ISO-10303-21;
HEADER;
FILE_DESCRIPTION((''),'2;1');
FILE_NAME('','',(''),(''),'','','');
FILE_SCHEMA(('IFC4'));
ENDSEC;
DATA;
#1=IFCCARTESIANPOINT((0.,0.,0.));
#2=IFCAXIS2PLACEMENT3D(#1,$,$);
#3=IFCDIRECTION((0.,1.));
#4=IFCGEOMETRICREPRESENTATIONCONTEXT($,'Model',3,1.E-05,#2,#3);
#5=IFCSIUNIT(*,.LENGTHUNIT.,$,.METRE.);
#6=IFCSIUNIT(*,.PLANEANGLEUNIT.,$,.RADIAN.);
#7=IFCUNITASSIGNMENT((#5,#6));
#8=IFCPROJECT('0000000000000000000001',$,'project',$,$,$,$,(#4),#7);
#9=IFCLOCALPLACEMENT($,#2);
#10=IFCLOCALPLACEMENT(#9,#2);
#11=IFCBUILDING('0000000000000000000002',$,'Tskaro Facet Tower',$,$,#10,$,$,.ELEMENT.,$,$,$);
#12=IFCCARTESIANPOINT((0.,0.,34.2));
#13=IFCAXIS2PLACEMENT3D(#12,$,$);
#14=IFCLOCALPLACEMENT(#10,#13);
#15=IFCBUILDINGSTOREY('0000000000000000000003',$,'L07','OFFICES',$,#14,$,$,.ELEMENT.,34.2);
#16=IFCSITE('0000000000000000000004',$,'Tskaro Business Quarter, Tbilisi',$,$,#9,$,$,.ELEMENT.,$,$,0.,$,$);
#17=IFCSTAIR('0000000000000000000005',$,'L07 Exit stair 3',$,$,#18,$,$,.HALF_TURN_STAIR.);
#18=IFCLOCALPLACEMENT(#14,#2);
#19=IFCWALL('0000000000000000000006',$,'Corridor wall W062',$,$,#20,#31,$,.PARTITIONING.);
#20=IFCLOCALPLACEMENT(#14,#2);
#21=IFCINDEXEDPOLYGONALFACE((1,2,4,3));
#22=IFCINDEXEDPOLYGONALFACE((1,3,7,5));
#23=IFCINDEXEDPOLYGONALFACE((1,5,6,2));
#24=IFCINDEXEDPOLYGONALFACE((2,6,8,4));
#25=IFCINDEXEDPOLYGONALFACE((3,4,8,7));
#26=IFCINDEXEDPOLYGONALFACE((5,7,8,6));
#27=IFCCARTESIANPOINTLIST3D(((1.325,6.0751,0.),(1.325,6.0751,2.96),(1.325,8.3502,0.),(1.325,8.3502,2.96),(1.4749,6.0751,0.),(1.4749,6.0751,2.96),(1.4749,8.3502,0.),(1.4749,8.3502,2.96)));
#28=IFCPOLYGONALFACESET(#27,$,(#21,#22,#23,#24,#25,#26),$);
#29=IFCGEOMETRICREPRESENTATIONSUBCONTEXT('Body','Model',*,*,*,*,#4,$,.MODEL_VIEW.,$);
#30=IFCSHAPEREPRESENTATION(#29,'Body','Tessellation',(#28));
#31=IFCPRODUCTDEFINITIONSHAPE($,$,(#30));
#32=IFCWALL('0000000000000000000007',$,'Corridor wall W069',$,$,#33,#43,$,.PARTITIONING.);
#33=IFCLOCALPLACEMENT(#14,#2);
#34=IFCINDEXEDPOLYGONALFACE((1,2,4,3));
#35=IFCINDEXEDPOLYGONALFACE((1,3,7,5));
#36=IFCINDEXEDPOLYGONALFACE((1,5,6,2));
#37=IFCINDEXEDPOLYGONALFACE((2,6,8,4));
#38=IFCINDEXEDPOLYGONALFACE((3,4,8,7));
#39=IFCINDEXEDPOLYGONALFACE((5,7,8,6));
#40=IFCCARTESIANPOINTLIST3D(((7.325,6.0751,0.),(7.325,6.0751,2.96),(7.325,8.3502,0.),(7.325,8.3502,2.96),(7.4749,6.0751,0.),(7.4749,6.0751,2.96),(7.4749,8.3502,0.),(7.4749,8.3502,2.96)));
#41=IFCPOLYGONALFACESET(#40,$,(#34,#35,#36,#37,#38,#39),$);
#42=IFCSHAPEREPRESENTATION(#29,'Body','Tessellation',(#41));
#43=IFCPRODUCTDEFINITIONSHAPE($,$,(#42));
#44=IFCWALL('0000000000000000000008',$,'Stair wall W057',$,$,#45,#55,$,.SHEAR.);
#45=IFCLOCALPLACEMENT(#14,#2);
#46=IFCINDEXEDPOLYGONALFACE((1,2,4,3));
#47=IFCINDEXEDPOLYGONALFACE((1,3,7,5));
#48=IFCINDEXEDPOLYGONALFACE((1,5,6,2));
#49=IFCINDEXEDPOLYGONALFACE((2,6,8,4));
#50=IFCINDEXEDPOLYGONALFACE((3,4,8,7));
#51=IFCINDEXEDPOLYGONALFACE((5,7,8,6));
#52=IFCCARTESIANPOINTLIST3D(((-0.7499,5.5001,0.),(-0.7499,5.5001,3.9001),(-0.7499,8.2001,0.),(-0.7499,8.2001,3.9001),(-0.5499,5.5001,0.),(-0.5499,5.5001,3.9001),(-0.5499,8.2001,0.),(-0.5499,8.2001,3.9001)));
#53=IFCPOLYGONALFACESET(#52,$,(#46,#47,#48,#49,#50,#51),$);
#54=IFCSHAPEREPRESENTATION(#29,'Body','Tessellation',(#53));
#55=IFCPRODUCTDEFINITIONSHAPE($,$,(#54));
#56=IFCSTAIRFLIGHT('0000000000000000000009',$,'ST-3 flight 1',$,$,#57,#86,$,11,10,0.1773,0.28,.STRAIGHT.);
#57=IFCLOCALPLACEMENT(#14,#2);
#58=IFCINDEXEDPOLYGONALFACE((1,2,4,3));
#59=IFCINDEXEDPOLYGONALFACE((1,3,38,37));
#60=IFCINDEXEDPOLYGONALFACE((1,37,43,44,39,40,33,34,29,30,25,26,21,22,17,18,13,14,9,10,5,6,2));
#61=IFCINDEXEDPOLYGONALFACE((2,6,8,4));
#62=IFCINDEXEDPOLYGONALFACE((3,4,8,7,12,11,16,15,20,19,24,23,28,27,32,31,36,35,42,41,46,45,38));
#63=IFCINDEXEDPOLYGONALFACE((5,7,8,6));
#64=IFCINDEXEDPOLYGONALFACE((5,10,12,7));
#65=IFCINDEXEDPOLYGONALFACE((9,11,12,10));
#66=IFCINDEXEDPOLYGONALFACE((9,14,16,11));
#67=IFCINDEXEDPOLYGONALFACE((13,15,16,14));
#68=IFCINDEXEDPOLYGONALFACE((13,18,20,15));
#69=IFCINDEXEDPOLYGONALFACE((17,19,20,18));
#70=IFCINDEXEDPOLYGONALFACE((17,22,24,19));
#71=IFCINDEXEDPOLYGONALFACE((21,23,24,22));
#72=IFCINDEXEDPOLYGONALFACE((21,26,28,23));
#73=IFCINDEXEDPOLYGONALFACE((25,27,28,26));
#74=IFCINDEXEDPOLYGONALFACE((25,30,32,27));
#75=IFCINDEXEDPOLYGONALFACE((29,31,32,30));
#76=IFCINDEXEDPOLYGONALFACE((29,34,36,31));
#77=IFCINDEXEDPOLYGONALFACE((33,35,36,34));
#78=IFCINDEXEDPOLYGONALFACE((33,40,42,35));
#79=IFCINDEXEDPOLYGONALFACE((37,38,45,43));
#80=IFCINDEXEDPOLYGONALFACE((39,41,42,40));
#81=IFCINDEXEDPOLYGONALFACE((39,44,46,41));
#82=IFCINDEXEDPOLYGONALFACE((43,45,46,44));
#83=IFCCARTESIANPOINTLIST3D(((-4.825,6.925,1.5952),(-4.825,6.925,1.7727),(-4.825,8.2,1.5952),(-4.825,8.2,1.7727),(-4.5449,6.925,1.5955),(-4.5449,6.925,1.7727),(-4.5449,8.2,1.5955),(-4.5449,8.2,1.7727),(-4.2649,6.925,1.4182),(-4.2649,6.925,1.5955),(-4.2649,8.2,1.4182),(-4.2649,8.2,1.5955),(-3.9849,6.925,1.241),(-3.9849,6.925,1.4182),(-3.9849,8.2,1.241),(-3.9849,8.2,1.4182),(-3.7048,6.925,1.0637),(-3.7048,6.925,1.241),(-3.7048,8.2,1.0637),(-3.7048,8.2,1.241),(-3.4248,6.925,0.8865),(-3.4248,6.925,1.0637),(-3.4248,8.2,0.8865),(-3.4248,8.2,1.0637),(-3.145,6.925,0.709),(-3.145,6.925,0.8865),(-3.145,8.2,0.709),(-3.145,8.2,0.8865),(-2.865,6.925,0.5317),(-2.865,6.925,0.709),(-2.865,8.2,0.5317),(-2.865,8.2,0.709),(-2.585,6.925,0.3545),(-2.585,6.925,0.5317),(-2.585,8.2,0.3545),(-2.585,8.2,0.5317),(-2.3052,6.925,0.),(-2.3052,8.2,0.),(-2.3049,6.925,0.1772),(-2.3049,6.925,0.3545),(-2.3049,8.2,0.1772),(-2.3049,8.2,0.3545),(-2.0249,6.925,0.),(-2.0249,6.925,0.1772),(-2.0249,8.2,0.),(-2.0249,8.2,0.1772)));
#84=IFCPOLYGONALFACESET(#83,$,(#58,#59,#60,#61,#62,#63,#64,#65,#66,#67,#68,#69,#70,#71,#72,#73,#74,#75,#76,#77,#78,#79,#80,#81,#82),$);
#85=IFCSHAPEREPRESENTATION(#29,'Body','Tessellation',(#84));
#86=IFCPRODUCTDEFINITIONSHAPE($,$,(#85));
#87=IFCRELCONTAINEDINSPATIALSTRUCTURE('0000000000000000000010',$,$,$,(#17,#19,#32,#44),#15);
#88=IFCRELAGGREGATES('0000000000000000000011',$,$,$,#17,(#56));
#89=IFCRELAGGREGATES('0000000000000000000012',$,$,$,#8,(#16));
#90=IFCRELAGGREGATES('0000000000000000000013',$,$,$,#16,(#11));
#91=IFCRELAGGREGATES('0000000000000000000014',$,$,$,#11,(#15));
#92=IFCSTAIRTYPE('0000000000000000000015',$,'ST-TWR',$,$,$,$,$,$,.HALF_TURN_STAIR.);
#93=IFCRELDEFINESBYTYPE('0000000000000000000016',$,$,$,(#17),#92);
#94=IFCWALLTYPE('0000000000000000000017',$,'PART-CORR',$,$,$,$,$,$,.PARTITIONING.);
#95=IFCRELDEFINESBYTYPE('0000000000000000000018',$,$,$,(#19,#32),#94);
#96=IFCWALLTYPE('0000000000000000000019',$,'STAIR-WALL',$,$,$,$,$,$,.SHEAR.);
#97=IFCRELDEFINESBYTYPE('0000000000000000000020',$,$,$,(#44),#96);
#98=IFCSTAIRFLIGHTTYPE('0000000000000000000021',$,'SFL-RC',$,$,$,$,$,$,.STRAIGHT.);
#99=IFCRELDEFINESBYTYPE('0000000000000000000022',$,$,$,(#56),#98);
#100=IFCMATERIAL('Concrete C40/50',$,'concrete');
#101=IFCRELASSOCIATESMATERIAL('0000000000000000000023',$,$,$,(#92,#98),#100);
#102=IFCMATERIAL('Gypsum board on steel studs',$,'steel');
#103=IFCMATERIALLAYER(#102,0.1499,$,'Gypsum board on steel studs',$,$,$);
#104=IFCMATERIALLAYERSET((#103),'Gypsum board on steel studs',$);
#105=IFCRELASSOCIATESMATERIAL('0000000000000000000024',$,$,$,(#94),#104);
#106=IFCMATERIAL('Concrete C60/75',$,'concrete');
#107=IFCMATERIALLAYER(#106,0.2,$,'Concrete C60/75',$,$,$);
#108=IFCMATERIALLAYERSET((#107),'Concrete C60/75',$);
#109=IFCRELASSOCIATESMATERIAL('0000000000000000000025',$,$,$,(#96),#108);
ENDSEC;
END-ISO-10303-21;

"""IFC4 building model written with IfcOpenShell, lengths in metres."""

from ifc_helpers import new_model, si_unit, direction, frame, frame_2d, origin, place, context, subcontext, project, spatial, polyline, rectangle, outline, extrude, material, layer, layer_set, type_object, element, aggregate, save


model = new_model("IFC4")

# Units and contexts
model_context = context("Model", 3, precision=1e-05, world=origin(), true_north=direction((0.0, 1.0)))
body_context = subcontext(model_context, "Body", "Model", "MODEL_VIEW")
ifc_project = project(units=[si_unit("LENGTHUNIT", "METRE"), si_unit("PLANEANGLEUNIT", "RADIAN")], contexts=[model_context])

# Site, building, storey
site_placement = place(None, origin())
site = spatial("IfcSite", under=ifc_project, at=site_placement, Name="Tskaro Business Quarter, Tbilisi", CompositionType="ELEMENT", RefElevation=0.0)
building_placement = place(site_placement, origin())
building = spatial("IfcBuilding", under=site, at=building_placement, Name="Tskaro Facet Tower", CompositionType="ELEMENT")
storey_placement = place(building_placement, frame((0.0, 0.0, 34.2)))
storey = spatial("IfcBuildingStorey", under=building, at=storey_placement, Name="L07", Description="OFFICES", CompositionType="ELEMENT", Elevation=34.2)

# Stair
ifc_material_1 = material(Name="Concrete C40/50", Category="concrete")
stair_type = type_object("IfcStairType", Name="ST-TWR", PredefinedType="HALF_TURN_STAIR", material=ifc_material_1)
stair_1_placement = place(storey_placement, origin())
stair_1 = element("IfcStair", 1, at=stair_1_placement, inside=storey, type_object=stair_type, Name="L07 Exit stair 3", PredefinedType="HALF_TURN_STAIR")

# Shared definitions
ifc_material_2 = material(Name="Concrete C60/75", Category="concrete")

# Shared definitions
ifc_material_3 = material(Name="Gypsum board on steel studs", Category="steel")

# Shared definitions
ifc_layer_1 = layer(ifc_material_3, 0.1499, Name="Gypsum board on steel studs")
ifc_layer_set_1 = layer_set([ifc_layer_1], Name="Gypsum board on steel studs")
wall_type_1 = type_object("IfcWallType", Name="PART-CORR", PredefinedType="PARTITIONING", material=ifc_layer_set_1)

# Walls
for number, where, z_axis, x_axis, name in (
    (2, (1.3999, 6.075, 0.0), (0.0, 0.0, 1.0), (0.0, 1.0, 0.0), "Corridor wall W062"),
    (3, (7.3999, 6.075, 0.0), (0.0, 0.0, 1.0), (0.0, 1.0, 0.0), "Corridor wall W069"),
):
    element("IfcWall", number, at=place(storey_placement, frame(where, z_axis=z_axis, x_axis=x_axis)), inside=storey, type_object=wall_type_1, Name=name, PredefinedType="PARTITIONING", context=body_context, shape_type="SweptSolid", body=[
        extrude(rectangle(XDim=2.2751, YDim=0.1499, at=frame_2d((1.1377, 0.0))), origin(), (0.0, 0.0, 1.0), 2.96),
    ])
ifc_layer_2 = layer(ifc_material_2, 0.2, Name="Concrete C60/75")
ifc_layer_set_2 = layer_set([ifc_layer_2], Name="Concrete C60/75")
wall_type_2 = type_object("IfcWallType", Name="STAIR-WALL", PredefinedType="SHEAR", material=ifc_layer_set_2)
wall_1_placement = place(storey_placement, frame((-0.6499, 5.5, 0.0), z_axis=(0.0, 0.0, 1.0), x_axis=(0.0, 1.0, 0.0)))
element("IfcWall", 4, at=wall_1_placement, inside=storey, type_object=wall_type_2, Name="Stair wall W057", PredefinedType="SHEAR", context=body_context, shape_type="SweptSolid", body=[
    extrude(rectangle(XDim=2.7, YDim=0.2, at=frame_2d((1.3501, 0.0))), origin(), (0.0, 0.0, 1.0), 3.9001),
])

# Stair flight
stair_flight_type = type_object("IfcStairFlightType", Name="SFL-RC", PredefinedType="STRAIGHT", material=ifc_material_1)
stair_flight_placement = place(storey_placement, frame((-2.0249, 7.5625, 0.0), z_axis=(0.0, 0.0, 1.0), x_axis=(-1.0, 0.0, 0.0)))
stair_flight = element("IfcStairFlight", 5, at=stair_flight_placement, type_object=stair_flight_type, Name="ST-3 flight 1", NumberOfRisers=11, NumberOfTreads=10, PredefinedType="STRAIGHT", RiserHeight=0.1773, TreadLength=0.28, context=body_context, shape_type="SweptSolid", body=[
    extrude(outline(polyline([(0.0, 0.0), (0.0, 0.1772), (0.28, 0.1772), (0.28, 0.3545), (0.5601, 0.3545), (0.5601, 0.5317), (0.8401, 0.5317), (0.8401, 0.709), (1.1201, 0.709), (1.1201, 0.8865), (1.3999, 0.8865), (1.3999, 1.0637), (1.6799, 1.0637), (1.6799, 1.241), (1.96, 1.241), (1.96, 1.4182), (2.24, 1.4182), (2.24, 1.5955), (2.52, 1.5955), (2.52, 1.7727), (2.8, 1.7727), (2.8, 1.95), (2.8, 1.5952), (0.2803, 0.0), (0.0, 0.0)])), frame((0.0, 0.6375, 0.0), z_axis=(0.0, -1.0, 0.0), x_axis=(1.0, 0.0, 0.0)), (0.0, 0.0, 1.0), 1.2749),
])
aggregate(stair_1, [stair_flight])

save(model, "model.ifc")
